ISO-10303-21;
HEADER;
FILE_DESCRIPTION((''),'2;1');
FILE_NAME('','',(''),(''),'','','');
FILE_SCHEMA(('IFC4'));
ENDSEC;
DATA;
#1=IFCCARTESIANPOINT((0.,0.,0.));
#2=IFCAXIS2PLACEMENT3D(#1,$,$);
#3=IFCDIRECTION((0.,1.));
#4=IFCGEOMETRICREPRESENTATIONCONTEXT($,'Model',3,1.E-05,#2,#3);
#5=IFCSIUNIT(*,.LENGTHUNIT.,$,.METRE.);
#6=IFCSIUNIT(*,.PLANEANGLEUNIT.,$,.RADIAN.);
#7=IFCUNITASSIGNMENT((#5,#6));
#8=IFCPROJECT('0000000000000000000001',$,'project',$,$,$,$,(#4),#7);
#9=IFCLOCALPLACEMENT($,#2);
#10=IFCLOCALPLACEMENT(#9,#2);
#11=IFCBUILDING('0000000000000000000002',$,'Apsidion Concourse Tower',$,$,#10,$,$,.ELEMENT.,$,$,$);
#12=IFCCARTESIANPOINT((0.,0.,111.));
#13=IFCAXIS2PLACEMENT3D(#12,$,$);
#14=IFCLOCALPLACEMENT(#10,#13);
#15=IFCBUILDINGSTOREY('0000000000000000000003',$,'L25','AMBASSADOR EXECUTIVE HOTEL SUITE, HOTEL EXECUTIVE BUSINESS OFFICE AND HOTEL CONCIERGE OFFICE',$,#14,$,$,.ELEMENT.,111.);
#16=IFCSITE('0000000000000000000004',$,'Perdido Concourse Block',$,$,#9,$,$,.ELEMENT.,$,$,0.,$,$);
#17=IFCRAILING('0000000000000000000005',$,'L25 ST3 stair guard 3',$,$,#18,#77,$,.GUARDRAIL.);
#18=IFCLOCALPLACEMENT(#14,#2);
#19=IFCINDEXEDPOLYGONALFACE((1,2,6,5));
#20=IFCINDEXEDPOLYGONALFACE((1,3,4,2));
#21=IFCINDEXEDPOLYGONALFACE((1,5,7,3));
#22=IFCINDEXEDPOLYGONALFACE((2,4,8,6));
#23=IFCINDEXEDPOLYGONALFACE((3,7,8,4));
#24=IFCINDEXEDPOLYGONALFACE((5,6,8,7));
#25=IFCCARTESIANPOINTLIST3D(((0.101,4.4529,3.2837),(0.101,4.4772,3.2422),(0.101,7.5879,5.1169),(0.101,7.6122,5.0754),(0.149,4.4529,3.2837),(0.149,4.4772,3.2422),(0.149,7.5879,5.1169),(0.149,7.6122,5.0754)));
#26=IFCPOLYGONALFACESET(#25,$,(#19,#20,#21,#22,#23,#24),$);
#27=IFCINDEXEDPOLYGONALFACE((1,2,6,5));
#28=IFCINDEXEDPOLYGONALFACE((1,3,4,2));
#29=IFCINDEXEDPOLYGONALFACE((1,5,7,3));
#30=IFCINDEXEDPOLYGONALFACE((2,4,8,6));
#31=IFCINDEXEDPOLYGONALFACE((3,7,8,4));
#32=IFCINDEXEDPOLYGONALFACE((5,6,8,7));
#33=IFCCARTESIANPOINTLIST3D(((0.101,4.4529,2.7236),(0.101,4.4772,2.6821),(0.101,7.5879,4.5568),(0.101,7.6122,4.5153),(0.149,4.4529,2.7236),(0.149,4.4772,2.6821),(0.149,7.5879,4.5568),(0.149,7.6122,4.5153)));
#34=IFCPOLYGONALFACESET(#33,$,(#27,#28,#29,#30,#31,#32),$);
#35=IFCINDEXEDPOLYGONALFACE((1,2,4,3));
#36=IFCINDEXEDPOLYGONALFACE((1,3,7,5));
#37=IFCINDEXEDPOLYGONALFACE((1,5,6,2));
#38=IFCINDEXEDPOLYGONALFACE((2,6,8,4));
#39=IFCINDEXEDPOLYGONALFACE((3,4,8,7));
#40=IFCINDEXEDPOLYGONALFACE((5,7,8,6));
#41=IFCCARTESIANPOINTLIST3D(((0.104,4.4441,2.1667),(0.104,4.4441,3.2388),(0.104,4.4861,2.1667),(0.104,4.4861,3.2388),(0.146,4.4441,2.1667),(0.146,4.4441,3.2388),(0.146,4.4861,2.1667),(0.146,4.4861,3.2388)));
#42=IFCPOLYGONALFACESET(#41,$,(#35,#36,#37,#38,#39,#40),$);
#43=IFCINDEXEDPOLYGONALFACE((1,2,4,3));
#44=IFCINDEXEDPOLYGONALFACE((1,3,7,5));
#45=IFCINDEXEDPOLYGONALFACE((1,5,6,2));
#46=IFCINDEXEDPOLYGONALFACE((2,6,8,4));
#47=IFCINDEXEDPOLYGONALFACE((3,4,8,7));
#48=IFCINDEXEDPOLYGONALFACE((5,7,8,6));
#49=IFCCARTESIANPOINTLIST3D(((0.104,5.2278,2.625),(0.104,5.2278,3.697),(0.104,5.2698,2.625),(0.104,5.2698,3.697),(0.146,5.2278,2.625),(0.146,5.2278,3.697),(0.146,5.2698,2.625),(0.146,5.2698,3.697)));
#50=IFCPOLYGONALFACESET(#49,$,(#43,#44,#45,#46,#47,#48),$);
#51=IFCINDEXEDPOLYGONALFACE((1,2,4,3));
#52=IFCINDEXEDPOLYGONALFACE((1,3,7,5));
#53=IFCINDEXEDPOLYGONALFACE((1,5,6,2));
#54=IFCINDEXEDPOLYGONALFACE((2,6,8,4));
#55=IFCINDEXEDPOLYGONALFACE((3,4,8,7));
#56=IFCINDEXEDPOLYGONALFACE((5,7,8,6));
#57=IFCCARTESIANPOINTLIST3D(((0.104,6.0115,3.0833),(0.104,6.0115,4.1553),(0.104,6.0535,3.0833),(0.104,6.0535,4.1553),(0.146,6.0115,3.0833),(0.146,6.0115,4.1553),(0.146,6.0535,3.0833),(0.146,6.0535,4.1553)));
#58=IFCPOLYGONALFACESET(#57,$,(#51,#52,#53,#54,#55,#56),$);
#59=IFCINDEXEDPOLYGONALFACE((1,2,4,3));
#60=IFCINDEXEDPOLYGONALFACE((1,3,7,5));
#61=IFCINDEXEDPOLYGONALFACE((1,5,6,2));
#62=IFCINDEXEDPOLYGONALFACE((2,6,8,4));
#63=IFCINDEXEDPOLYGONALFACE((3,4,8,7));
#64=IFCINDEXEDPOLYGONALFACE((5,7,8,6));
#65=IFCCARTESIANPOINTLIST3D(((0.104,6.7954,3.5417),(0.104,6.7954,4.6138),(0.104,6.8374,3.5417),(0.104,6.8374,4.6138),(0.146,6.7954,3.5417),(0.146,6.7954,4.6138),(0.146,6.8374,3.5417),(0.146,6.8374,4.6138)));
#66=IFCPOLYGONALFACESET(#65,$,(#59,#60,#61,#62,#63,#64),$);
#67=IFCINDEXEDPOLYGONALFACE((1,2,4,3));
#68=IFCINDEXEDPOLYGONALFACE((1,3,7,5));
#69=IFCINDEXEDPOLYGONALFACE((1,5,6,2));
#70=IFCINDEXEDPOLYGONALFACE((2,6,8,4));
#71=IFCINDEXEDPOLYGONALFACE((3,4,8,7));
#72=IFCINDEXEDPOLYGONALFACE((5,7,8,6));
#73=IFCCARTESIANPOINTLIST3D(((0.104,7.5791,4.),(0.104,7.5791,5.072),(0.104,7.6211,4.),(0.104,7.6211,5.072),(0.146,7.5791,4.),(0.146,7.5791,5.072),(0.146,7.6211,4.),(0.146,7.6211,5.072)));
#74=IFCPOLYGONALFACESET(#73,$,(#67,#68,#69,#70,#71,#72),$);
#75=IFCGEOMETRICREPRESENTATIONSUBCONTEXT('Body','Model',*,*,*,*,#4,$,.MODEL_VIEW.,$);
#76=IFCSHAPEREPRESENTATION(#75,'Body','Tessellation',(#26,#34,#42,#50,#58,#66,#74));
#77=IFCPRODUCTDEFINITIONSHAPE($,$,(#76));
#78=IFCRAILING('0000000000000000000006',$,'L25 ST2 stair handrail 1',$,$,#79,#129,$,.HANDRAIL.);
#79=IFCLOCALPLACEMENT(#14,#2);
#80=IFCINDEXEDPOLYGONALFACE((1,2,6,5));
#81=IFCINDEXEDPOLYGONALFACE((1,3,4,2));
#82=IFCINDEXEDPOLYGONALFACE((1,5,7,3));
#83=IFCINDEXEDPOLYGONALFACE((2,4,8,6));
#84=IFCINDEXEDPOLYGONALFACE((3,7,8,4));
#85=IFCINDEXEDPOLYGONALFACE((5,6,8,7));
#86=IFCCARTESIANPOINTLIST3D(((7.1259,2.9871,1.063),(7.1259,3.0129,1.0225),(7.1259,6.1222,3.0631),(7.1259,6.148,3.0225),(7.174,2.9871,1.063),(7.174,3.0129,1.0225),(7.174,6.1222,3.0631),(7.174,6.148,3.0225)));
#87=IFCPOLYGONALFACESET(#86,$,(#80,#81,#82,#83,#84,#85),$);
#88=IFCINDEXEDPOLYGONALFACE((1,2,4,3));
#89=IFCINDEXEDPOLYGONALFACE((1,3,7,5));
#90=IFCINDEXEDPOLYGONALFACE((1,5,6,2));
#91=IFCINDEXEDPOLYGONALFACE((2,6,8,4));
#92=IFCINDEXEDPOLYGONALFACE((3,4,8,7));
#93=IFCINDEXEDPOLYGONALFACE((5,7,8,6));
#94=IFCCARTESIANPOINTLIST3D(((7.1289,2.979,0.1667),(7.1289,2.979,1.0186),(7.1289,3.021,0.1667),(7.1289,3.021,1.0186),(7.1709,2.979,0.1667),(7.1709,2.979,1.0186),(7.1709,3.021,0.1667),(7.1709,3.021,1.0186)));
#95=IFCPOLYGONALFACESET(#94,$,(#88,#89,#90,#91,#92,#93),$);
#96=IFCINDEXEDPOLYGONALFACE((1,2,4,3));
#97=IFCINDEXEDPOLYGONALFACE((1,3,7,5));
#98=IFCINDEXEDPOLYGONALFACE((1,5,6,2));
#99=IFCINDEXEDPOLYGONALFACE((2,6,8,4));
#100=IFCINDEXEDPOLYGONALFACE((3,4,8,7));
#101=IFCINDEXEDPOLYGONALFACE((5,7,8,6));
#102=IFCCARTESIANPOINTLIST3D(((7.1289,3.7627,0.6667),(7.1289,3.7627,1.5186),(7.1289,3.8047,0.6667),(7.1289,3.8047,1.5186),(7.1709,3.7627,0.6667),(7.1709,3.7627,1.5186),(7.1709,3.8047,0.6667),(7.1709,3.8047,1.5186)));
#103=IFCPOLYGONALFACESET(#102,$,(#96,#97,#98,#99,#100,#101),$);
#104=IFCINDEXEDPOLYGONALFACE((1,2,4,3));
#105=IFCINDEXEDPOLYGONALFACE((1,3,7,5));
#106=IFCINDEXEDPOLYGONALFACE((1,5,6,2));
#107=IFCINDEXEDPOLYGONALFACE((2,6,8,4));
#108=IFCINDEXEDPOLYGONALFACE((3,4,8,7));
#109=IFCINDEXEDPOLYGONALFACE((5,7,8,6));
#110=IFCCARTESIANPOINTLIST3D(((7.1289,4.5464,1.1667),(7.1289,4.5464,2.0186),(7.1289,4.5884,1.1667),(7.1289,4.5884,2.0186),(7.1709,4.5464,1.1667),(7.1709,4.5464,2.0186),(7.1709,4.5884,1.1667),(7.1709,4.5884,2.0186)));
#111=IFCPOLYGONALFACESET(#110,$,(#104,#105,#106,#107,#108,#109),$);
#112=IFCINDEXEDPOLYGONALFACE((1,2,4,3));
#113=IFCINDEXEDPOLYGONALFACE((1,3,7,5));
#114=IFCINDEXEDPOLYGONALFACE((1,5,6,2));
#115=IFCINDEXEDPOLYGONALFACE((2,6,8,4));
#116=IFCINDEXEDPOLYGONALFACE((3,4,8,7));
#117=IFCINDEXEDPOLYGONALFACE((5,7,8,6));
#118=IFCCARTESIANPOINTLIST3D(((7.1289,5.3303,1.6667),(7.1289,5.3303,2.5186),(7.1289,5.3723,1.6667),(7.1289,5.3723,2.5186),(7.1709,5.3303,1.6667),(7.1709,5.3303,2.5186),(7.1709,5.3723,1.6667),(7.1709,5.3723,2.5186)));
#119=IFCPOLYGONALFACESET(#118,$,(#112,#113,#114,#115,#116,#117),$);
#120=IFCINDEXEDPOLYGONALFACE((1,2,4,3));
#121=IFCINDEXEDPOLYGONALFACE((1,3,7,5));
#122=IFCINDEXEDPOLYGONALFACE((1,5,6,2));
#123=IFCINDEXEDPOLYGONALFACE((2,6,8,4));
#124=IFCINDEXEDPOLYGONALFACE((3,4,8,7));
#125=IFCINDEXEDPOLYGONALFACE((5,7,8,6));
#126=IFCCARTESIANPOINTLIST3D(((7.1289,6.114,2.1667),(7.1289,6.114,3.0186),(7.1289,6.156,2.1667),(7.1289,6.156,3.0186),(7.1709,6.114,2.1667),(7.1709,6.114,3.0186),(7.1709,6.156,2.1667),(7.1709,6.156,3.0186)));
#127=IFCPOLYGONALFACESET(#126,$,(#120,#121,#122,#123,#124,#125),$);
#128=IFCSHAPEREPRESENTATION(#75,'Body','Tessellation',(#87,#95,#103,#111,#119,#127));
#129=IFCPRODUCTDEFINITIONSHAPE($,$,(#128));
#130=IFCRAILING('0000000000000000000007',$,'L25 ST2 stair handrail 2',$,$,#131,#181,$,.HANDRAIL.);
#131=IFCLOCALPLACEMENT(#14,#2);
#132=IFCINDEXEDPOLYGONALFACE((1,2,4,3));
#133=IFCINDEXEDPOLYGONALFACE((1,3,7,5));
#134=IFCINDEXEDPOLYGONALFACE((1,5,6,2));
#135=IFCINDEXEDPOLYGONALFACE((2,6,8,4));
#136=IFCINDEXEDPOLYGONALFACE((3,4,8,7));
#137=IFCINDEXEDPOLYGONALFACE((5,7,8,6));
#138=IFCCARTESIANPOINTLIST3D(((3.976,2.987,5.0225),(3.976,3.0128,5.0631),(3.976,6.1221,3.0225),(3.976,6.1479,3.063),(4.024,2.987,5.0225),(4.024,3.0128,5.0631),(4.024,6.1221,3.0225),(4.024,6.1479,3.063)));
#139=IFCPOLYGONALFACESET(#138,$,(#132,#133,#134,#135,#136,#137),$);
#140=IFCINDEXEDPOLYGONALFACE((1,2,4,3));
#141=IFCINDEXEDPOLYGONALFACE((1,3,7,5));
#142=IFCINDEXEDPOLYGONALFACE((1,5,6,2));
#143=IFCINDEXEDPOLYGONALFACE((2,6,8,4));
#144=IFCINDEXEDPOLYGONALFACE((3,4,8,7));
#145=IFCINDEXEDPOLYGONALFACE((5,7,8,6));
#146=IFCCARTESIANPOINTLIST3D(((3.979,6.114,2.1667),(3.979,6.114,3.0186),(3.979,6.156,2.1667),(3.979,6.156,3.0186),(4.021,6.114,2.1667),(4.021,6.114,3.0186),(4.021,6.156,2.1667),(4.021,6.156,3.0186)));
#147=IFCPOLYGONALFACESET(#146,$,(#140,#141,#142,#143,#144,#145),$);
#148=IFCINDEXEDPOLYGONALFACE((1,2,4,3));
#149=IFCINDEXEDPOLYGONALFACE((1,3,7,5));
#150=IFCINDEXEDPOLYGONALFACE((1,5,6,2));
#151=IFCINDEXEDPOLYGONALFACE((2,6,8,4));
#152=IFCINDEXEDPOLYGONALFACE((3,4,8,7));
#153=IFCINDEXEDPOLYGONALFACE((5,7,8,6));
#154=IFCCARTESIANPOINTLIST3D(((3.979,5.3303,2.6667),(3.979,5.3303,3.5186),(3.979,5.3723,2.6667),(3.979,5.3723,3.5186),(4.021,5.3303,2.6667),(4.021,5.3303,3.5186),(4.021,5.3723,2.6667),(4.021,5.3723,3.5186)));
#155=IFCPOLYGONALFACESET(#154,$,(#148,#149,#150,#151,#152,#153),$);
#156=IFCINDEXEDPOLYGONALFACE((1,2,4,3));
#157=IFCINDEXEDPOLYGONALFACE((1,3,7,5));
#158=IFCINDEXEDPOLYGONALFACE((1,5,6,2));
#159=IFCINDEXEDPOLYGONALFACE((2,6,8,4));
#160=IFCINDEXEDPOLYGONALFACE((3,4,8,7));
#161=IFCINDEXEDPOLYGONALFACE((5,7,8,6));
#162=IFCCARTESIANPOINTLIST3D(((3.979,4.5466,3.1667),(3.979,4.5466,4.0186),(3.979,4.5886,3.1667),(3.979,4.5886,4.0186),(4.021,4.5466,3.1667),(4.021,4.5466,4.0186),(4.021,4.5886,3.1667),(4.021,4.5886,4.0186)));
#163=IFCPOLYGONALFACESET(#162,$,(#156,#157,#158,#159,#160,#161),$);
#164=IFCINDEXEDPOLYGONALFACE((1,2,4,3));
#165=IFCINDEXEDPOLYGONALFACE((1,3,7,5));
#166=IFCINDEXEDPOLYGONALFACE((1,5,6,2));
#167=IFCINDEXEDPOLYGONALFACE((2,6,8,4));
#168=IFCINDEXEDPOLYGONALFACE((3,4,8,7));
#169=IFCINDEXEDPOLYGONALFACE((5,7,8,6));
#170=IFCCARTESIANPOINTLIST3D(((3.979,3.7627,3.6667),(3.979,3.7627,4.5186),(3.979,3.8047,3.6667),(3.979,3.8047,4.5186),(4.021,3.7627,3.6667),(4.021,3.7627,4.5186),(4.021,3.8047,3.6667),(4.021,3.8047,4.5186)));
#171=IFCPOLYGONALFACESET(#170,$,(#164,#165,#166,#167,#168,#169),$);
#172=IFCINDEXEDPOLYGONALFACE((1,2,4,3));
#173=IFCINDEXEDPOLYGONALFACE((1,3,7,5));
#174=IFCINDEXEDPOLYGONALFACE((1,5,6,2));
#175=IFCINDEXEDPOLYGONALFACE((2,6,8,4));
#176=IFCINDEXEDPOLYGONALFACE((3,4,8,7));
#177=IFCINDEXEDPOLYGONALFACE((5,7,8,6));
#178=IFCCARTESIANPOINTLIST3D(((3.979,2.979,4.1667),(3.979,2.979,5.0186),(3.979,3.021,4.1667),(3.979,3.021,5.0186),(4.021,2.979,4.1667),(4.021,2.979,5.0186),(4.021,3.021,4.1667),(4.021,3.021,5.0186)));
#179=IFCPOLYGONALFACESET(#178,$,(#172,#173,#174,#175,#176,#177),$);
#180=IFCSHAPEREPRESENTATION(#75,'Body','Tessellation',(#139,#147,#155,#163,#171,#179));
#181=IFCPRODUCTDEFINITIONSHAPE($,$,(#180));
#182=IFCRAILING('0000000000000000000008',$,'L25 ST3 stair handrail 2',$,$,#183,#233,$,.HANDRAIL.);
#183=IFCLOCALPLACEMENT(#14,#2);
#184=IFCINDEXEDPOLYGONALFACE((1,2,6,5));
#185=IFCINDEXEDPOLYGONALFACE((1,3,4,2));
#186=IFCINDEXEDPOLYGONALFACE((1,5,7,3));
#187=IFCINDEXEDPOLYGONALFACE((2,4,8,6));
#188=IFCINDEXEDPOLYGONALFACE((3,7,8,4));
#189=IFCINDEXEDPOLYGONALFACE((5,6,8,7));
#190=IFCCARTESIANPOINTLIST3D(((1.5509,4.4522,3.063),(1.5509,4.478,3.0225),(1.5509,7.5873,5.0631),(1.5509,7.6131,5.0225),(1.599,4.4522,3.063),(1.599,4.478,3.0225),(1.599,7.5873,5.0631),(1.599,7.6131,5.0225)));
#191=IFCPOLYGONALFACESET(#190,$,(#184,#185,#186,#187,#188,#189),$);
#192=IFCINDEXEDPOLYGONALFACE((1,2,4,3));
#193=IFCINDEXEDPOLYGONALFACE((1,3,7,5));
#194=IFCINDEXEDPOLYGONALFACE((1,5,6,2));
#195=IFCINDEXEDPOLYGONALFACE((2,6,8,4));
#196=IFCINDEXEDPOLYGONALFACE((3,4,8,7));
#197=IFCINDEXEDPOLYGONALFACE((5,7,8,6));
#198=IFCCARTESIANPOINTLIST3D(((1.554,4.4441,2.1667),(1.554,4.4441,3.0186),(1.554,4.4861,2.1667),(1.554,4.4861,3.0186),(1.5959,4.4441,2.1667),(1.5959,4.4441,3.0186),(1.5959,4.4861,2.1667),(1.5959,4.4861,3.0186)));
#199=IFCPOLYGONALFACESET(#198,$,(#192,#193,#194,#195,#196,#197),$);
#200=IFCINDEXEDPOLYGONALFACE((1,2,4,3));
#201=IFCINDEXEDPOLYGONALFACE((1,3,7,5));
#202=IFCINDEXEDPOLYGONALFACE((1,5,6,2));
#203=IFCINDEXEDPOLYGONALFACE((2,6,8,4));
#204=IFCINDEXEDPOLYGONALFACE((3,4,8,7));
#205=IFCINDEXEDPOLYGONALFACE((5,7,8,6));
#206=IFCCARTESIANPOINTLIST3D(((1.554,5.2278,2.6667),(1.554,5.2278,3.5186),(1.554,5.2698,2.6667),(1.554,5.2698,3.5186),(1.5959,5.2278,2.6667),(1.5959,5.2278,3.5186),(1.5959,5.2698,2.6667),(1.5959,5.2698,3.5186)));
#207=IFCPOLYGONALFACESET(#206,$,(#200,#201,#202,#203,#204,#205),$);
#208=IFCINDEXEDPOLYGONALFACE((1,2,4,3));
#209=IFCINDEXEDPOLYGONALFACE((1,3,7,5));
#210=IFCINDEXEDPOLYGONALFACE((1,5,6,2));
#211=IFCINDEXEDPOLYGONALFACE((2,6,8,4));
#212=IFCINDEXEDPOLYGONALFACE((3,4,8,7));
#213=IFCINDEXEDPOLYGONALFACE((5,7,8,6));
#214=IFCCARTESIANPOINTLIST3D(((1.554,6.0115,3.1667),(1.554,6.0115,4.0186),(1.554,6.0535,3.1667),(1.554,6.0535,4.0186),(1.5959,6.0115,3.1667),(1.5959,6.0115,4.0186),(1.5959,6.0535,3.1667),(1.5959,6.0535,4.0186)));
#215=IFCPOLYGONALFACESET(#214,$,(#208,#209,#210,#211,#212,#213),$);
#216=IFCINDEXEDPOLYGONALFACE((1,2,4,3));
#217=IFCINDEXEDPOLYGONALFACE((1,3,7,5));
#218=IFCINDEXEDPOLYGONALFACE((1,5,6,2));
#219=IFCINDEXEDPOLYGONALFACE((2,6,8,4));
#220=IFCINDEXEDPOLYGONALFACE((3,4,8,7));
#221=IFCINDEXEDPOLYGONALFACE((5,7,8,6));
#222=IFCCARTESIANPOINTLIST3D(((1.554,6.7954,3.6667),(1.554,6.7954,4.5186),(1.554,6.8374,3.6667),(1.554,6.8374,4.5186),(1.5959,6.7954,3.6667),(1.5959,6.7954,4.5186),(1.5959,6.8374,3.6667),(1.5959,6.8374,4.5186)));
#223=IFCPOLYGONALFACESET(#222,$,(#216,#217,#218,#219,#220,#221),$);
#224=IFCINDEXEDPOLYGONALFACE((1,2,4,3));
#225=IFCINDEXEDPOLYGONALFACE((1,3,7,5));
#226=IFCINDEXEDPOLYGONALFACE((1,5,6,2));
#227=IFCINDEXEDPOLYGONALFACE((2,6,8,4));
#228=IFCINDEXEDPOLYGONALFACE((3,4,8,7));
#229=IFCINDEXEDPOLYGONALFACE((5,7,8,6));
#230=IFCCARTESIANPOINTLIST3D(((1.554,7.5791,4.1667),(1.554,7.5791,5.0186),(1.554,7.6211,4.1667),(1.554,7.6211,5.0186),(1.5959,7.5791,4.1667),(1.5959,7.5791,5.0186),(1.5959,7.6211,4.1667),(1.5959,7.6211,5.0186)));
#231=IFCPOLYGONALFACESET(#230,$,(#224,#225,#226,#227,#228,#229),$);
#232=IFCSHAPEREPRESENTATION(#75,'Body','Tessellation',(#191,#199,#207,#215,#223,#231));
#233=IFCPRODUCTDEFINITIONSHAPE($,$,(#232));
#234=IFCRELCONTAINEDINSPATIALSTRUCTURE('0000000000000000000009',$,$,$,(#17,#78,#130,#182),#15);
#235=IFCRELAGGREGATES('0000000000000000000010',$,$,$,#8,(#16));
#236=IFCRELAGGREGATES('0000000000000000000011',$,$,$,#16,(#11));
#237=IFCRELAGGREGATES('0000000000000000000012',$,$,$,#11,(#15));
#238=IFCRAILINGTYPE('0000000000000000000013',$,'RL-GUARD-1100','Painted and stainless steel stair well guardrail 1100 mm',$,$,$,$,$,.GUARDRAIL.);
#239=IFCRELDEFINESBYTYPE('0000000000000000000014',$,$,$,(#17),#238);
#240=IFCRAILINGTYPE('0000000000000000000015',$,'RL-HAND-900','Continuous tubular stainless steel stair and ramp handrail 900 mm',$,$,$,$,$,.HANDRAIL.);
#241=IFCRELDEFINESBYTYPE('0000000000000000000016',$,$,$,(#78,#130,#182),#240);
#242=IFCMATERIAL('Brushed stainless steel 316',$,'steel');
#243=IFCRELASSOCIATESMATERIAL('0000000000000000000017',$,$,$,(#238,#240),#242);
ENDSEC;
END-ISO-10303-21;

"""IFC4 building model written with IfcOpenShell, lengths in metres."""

from ifc_helpers import new_model, si_unit, direction, frame, origin, origin_2d, place, context, subcontext, project, spatial, rectangle, extrude, material, type_object, element, save


model = new_model("IFC4")

# Units and contexts
model_context = context("Model", 3, precision=1e-05, world=origin(), true_north=direction((0.0, 1.0)))
body_context = subcontext(model_context, "Body", "Model", "MODEL_VIEW")
ifc_project = project(units=[si_unit("LENGTHUNIT", "METRE"), si_unit("PLANEANGLEUNIT", "RADIAN")], contexts=[model_context])

# Site, building, storey
site_placement = place(None, origin())
site = spatial("IfcSite", under=ifc_project, at=site_placement, Name="Perdido Concourse Block", CompositionType="ELEMENT", RefElevation=0.0)
building_placement = place(site_placement, origin())
building = spatial("IfcBuilding", under=site, at=building_placement, Name="Apsidion Concourse Tower", CompositionType="ELEMENT")
storey_placement = place(building_placement, frame((0.0, 0.0, 111.0)))
storey = spatial("IfcBuildingStorey", under=building, at=storey_placement, Name="L25", Description="AMBASSADOR EXECUTIVE HOTEL SUITE, HOTEL EXECUTIVE BUSINESS OFFICE AND HOTEL CONCIERGE OFFICE", CompositionType="ELEMENT", Elevation=111.0)

# Railings
ifc_material_1 = material(Name="Brushed stainless steel 316", Category="steel")
railing_type_1 = type_object("IfcRailingType", Name="RL-GUARD-1100", Description="Painted and stainless steel stair well guardrail 1100 mm", PredefinedType="GUARDRAIL", material=ifc_material_1)
railing_1_placement = place(storey_placement, frame((0.125, 4.4651, 2.1667)))
element("IfcRailing", 1, at=railing_1_placement, inside=storey, type_object=railing_type_1, Name="L25 ST3 stair guard 3", PredefinedType="GUARDRAIL", context=body_context, shape_type="SweptSolid", body=[
    extrude(rectangle(XDim=0.0481, YDim=0.0481, at=origin_2d()), frame((0.0, 0.0, 1.0962), z_axis=(0.0, 0.86324, 0.504794), x_axis=(-1.0, 0.0, 0.0)), (0.0, 0.0, 1.0), 3.6316),
    extrude(rectangle(XDim=0.0481, YDim=0.0481, at=origin_2d()), frame((0.0, 0.0, 0.5361), z_axis=(0.0, 0.86324, 0.504794), x_axis=(-1.0, 0.0, 0.0)), (0.0, 0.0, 1.0), 3.6316),
    extrude(rectangle(XDim=0.042, YDim=0.042, at=origin_2d()), origin(), (0.0, 0.0, 1.0), 1.072),
    extrude(rectangle(XDim=0.042, YDim=0.042, at=origin_2d()), frame((0.0, 0.7837, 0.4583)), (0.0, 0.0, 1.0), 1.072),
    extrude(rectangle(XDim=0.042, YDim=0.042, at=origin_2d()), frame((0.0, 1.5674, 0.9165)), (0.0, 0.0, 1.0), 1.072),
    extrude(rectangle(XDim=0.042, YDim=0.042, at=origin_2d()), frame((0.0, 2.3513, 1.375)), (0.0, 0.0, 1.0), 1.072),
    extrude(rectangle(XDim=0.042, YDim=0.042, at=origin_2d()), frame((0.0, 3.135, 1.8333)), (0.0, 0.0, 1.0), 1.072),
])
railing_type_2 = type_object("IfcRailingType", Name="RL-HAND-900", Description="Continuous tubular stainless steel stair and ramp handrail 900 mm", PredefinedType="HANDRAIL", material=ifc_material_1)
railing_2_placement = place(storey_placement, frame((7.1499, 3.0, 0.1667)))
element("IfcRailing", 2, at=railing_2_placement, inside=storey, type_object=railing_type_2, Name="L25 ST2 stair handrail 1", PredefinedType="HANDRAIL", context=body_context, shape_type="SweptSolid", body=[
    extrude(rectangle(XDim=0.0481, YDim=0.0481, at=origin_2d()), frame((0.0, 0.0, 0.876), z_axis=(0.0, 0.843053, 0.537831), x_axis=(-1.0, 0.0, 0.0)), (0.0, 0.0, 1.0), 3.7188),
    extrude(rectangle(XDim=0.042, YDim=0.042, at=origin_2d()), origin(), (0.0, 0.0, 1.0), 0.8518),
    extrude(rectangle(XDim=0.042, YDim=0.042, at=origin_2d()), frame((0.0, 0.7837, 0.5)), (0.0, 0.0, 1.0), 0.8518),
    extrude(rectangle(XDim=0.042, YDim=0.042, at=origin_2d()), frame((0.0, 1.5674, 1.0)), (0.0, 0.0, 1.0), 0.8518),
    extrude(rectangle(XDim=0.042, YDim=0.042, at=origin_2d()), frame((0.0, 2.3513, 1.5)), (0.0, 0.0, 1.0), 0.8518),
    extrude(rectangle(XDim=0.042, YDim=0.042, at=origin_2d()), frame((0.0, 3.135, 2.0)), (0.0, 0.0, 1.0), 0.8518),
])
railing_3_placement = place(storey_placement, frame((4.0, 6.135, 2.1667)))
element("IfcRailing", 3, at=railing_3_placement, inside=storey, type_object=railing_type_2, Name="L25 ST2 stair handrail 2", PredefinedType="HANDRAIL", context=body_context, shape_type="SweptSolid", body=[
    extrude(rectangle(XDim=0.0481, YDim=0.0481, at=origin_2d()), frame((0.0, 0.0, 0.876), z_axis=(0.0, -0.843053, 0.537831), x_axis=(1.0, 0.0, 0.0)), (0.0, 0.0, 1.0), 3.7188),
    extrude(rectangle(XDim=0.042, YDim=0.042, at=origin_2d()), origin(), (0.0, 0.0, 1.0), 0.8518),
    extrude(rectangle(XDim=0.042, YDim=0.042, at=origin_2d()), frame((0.0, -0.7837, 0.5)), (0.0, 0.0, 1.0), 0.8518),
    extrude(rectangle(XDim=0.042, YDim=0.042, at=origin_2d()), frame((0.0, -1.5674, 1.0)), (0.0, 0.0, 1.0), 0.8518),
    extrude(rectangle(XDim=0.042, YDim=0.042, at=origin_2d()), frame((0.0, -2.3513, 1.5)), (0.0, 0.0, 1.0), 0.8518),
    extrude(rectangle(XDim=0.042, YDim=0.042, at=origin_2d()), frame((0.0, -3.135, 2.0)), (0.0, 0.0, 1.0), 0.8518),
])
railing_4_placement = place(storey_placement, frame((1.575, 4.4651, 2.1667)))
element("IfcRailing", 4, at=railing_4_placement, inside=storey, type_object=railing_type_2, Name="L25 ST3 stair handrail 2", PredefinedType="HANDRAIL", context=body_context, shape_type="SweptSolid", body=[
    extrude(rectangle(XDim=0.0481, YDim=0.0481, at=origin_2d()), frame((0.0, 0.0, 0.876), z_axis=(0.0, 0.843053, 0.537831), x_axis=(-1.0, 0.0, 0.0)), (0.0, 0.0, 1.0), 3.7188),
    extrude(rectangle(XDim=0.042, YDim=0.042, at=origin_2d()), origin(), (0.0, 0.0, 1.0), 0.8518),
    extrude(rectangle(XDim=0.042, YDim=0.042, at=origin_2d()), frame((0.0, 0.7837, 0.5)), (0.0, 0.0, 1.0), 0.8518),
    extrude(rectangle(XDim=0.042, YDim=0.042, at=origin_2d()), frame((0.0, 1.5674, 1.0)), (0.0, 0.0, 1.0), 0.8518),
    extrude(rectangle(XDim=0.042, YDim=0.042, at=origin_2d()), frame((0.0, 2.3513, 1.5)), (0.0, 0.0, 1.0), 0.8518),
    extrude(rectangle(XDim=0.042, YDim=0.042, at=origin_2d()), frame((0.0, 3.135, 2.0)), (0.0, 0.0, 1.0), 0.8518),
])

save(model, "model.ifc")
